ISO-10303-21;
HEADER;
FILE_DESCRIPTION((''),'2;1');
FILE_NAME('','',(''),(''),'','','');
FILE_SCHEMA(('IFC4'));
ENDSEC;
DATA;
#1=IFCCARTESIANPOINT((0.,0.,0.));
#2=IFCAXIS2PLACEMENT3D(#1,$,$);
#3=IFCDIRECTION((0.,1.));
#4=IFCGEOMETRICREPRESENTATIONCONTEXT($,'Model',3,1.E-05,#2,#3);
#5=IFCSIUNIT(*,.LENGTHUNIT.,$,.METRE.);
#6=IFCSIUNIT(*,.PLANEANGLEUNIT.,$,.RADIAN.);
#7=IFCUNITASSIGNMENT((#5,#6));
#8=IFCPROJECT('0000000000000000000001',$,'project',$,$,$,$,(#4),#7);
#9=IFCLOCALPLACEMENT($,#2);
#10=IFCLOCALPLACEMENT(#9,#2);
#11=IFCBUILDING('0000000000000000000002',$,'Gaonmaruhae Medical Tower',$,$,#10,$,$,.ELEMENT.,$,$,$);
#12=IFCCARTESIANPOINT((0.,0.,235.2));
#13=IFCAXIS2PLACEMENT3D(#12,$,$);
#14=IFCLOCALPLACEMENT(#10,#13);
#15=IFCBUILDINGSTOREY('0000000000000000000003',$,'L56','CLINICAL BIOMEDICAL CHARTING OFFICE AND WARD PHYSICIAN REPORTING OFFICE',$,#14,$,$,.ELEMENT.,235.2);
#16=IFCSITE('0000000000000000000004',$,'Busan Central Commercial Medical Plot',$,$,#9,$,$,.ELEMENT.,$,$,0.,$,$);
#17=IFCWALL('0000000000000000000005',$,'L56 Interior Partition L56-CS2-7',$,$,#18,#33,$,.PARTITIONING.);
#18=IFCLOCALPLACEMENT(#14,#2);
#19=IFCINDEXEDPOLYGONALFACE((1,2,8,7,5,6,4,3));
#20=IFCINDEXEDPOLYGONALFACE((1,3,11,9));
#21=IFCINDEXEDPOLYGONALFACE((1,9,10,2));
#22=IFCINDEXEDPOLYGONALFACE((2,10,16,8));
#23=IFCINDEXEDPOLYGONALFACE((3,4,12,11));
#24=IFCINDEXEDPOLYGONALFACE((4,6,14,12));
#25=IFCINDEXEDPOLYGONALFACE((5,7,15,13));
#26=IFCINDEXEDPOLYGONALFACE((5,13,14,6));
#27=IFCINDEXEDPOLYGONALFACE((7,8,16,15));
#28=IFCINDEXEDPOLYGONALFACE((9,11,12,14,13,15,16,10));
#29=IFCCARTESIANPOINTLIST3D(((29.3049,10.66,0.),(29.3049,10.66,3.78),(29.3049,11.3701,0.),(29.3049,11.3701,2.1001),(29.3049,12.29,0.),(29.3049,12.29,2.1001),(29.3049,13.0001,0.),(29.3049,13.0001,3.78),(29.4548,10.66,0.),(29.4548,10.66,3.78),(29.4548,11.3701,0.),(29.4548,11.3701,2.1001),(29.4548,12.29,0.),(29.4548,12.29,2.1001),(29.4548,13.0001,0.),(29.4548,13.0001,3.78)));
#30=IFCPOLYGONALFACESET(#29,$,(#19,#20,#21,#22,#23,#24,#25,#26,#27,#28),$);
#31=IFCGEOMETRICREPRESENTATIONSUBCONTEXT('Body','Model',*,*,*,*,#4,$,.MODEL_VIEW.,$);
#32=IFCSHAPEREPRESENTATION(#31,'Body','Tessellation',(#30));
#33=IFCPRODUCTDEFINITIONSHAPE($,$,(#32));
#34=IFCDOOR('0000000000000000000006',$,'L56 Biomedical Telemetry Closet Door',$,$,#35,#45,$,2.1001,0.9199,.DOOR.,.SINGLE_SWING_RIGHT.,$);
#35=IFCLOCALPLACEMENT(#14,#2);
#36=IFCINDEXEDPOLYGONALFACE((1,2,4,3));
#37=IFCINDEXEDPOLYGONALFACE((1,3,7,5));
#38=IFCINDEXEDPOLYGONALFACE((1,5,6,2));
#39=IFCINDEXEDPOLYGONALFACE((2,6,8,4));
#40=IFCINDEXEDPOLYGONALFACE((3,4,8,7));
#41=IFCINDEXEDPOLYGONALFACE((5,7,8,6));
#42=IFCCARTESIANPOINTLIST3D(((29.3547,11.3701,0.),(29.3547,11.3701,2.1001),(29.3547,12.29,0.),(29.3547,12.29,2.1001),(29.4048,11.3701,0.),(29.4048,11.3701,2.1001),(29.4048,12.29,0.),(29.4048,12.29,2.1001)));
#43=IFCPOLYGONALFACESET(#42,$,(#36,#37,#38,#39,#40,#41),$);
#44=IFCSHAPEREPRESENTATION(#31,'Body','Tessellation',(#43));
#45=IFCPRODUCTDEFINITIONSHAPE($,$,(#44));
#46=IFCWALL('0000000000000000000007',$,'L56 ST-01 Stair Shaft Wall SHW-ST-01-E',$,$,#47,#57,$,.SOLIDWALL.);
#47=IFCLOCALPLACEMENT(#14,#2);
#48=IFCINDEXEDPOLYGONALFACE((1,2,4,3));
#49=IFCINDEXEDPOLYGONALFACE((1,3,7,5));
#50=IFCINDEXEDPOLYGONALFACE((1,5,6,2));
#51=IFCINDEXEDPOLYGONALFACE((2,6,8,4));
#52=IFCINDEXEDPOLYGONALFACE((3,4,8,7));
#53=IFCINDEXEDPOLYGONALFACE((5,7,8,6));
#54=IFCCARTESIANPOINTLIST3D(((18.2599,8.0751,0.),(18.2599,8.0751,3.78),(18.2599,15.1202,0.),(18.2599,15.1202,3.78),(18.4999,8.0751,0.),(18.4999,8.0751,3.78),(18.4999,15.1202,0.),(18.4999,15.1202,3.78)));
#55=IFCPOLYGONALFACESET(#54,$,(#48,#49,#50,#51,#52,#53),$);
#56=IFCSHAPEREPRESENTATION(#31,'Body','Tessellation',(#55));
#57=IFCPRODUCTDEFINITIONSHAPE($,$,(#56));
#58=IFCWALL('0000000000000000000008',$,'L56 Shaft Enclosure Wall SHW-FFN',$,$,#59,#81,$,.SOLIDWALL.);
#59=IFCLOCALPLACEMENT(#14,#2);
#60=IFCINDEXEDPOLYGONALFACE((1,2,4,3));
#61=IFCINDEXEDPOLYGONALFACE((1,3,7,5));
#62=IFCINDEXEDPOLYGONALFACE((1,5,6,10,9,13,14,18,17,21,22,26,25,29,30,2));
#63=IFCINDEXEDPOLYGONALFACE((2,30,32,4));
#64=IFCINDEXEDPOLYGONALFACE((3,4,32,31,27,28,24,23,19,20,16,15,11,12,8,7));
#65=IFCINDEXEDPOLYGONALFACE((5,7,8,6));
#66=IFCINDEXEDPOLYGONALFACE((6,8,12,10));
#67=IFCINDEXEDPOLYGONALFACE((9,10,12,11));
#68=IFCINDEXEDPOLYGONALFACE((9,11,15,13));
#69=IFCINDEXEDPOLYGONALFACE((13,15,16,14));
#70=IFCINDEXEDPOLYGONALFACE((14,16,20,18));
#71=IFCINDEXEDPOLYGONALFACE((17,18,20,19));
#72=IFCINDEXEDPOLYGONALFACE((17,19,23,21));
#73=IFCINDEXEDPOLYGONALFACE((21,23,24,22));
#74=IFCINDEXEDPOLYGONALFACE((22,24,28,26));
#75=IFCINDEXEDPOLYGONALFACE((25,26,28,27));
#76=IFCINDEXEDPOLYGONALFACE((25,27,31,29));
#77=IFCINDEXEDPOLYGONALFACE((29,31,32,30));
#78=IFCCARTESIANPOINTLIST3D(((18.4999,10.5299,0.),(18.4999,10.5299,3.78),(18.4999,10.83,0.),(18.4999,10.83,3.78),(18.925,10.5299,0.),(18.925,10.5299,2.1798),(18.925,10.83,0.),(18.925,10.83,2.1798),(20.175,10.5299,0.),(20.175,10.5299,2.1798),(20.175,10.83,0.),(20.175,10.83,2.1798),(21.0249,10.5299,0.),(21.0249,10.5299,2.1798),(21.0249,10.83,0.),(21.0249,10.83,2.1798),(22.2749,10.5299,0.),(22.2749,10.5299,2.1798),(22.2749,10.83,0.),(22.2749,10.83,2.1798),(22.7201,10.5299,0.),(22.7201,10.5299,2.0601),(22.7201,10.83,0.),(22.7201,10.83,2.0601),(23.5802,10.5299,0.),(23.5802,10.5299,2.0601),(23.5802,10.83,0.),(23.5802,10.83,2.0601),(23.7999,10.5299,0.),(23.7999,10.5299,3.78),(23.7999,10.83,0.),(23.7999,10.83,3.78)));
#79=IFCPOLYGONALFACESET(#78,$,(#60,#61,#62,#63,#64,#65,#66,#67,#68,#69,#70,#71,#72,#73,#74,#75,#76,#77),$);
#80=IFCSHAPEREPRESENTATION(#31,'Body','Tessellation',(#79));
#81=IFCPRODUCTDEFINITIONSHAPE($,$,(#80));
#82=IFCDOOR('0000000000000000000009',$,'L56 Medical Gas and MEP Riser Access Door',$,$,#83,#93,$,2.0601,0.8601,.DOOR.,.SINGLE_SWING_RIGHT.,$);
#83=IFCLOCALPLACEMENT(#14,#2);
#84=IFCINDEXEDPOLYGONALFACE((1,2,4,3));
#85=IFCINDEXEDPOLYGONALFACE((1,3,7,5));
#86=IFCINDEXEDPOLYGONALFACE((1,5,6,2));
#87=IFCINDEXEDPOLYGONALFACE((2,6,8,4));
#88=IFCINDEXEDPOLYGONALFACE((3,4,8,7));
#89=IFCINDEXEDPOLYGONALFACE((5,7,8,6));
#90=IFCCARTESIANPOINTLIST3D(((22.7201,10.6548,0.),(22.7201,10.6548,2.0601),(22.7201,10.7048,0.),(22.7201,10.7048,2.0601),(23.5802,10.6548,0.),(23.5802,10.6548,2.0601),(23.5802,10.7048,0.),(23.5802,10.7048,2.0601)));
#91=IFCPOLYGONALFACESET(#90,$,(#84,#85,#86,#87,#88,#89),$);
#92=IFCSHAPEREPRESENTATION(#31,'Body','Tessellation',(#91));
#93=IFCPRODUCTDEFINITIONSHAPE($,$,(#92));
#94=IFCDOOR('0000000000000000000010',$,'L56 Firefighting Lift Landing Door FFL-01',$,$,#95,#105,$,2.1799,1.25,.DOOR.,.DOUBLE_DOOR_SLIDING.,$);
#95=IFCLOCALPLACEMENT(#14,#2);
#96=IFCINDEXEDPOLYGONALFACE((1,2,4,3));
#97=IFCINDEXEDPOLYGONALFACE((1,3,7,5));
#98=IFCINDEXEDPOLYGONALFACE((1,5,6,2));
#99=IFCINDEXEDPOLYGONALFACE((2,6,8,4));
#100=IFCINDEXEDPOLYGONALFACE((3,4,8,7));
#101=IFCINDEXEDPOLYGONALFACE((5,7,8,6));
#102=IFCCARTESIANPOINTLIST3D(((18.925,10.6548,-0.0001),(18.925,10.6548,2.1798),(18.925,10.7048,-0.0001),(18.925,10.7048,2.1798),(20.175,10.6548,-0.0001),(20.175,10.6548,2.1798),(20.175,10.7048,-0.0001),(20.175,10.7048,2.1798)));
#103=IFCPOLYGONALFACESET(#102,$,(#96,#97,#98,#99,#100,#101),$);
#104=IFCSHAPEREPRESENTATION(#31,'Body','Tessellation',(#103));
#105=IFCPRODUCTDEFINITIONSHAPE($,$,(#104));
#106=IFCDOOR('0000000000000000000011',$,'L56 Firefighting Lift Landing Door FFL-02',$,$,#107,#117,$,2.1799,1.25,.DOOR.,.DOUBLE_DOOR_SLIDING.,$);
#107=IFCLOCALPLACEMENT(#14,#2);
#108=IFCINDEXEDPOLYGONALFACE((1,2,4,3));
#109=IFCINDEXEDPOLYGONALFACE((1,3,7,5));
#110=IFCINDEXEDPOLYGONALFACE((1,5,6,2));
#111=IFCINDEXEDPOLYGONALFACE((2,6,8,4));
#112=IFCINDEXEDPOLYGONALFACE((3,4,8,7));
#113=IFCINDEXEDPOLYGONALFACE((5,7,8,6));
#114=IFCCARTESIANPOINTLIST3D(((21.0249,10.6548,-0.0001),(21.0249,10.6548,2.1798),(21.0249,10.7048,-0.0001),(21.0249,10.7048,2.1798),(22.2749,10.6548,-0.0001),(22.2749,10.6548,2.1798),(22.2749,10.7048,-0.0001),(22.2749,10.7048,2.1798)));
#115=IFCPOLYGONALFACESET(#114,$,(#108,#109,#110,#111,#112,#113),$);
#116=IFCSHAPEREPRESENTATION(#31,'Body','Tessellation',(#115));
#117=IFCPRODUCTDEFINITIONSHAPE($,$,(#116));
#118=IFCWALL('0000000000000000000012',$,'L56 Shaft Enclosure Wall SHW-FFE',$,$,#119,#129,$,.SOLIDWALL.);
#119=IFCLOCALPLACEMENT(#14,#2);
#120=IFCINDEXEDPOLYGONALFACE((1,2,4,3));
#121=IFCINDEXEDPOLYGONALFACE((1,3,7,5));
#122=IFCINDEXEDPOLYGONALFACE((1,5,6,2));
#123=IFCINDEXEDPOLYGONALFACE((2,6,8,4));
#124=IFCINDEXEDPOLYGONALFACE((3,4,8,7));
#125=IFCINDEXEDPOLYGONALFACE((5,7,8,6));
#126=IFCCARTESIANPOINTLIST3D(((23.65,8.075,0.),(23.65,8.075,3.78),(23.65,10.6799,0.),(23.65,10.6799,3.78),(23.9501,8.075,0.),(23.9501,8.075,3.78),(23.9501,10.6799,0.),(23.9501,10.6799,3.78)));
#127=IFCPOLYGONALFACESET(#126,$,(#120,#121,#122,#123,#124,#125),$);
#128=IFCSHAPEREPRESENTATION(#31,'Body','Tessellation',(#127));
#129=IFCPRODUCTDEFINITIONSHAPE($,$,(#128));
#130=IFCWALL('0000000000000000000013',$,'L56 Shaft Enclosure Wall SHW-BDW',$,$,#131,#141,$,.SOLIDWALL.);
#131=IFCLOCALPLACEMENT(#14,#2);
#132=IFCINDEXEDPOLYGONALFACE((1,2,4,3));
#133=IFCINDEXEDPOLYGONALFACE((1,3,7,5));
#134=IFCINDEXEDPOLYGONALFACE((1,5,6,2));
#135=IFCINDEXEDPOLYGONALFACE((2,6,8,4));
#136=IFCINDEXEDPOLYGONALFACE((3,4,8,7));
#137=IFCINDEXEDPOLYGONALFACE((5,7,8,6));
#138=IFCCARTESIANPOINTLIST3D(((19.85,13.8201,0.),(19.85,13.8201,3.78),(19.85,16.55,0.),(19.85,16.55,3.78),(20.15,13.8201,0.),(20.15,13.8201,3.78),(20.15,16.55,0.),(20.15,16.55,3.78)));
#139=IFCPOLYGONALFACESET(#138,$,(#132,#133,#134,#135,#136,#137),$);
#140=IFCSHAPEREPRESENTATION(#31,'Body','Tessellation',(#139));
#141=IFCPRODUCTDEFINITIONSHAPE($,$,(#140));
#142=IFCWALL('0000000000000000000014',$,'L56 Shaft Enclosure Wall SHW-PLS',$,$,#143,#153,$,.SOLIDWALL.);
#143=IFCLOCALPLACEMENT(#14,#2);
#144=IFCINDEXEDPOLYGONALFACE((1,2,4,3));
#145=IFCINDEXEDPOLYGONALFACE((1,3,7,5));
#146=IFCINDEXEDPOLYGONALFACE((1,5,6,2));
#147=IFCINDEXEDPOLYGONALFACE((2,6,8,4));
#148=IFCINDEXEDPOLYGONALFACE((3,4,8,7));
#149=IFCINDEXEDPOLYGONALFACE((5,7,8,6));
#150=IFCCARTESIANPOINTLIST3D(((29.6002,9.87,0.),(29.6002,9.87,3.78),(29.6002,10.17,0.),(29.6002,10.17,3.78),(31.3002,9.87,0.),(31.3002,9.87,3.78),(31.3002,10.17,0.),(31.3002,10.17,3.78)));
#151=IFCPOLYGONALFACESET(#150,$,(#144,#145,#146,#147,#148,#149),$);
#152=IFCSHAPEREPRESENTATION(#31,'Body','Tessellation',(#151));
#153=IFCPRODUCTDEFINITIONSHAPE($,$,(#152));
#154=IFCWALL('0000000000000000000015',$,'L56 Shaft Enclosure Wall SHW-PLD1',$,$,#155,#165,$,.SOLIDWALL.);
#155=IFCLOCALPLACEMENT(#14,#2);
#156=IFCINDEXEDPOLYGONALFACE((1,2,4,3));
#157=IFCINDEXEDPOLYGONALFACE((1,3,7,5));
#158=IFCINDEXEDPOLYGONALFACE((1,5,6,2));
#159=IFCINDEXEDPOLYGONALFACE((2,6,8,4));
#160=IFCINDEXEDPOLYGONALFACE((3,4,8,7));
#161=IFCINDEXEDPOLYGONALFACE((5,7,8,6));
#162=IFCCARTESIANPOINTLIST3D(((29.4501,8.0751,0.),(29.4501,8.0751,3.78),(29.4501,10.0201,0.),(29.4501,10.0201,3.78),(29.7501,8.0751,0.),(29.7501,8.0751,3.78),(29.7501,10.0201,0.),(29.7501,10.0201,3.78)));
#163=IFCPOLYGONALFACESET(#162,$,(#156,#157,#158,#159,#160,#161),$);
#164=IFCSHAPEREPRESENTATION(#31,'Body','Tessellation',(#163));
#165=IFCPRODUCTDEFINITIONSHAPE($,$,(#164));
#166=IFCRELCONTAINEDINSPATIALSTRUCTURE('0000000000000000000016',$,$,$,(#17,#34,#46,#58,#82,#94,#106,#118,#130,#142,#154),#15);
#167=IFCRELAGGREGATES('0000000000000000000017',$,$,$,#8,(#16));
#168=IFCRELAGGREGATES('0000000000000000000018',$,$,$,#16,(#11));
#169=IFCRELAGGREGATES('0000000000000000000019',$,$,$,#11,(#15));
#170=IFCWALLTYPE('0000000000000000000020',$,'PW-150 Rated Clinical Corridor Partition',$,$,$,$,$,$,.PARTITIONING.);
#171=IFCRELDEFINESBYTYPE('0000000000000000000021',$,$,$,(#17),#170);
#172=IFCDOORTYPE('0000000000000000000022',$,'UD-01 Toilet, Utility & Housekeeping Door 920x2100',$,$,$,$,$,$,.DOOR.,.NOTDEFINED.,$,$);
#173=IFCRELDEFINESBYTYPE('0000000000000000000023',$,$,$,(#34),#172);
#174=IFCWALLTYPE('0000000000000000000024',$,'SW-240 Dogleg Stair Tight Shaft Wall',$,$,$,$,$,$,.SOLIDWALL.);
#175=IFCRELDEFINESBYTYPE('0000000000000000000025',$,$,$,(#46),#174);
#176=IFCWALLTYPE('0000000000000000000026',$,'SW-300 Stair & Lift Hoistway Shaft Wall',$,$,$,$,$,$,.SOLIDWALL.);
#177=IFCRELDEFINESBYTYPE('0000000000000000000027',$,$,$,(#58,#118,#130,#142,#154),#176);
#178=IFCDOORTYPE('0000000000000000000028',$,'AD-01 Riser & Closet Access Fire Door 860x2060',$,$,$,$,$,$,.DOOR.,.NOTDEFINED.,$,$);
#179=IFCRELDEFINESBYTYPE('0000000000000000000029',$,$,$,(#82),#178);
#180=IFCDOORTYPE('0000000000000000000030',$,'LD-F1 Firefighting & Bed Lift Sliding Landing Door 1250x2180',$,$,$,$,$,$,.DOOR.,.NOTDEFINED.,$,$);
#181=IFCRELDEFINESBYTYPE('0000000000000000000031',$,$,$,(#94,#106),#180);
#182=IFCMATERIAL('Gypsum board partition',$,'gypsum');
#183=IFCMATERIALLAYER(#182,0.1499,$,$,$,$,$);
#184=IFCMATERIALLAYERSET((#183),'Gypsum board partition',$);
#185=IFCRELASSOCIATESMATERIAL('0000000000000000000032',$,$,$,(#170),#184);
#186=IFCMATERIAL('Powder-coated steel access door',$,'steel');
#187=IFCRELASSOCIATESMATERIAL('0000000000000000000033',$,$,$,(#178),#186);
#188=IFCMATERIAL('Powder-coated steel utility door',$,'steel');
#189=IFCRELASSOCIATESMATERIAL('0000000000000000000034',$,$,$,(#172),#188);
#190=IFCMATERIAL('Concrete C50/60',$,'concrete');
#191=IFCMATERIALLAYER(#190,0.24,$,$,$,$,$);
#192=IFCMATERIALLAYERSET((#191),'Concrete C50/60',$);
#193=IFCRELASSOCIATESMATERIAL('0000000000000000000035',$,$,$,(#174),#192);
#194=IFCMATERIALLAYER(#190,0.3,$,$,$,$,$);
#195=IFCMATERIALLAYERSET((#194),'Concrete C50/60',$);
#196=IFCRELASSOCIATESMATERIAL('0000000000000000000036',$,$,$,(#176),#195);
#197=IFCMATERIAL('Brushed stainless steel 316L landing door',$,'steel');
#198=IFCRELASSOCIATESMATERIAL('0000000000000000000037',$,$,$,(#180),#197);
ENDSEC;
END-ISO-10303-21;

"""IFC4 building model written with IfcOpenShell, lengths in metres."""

from ifc_helpers import new_model, si_unit, direction, frame, frame_2d, origin, place, context, subcontext, project, spatial, rectangle, extrude, material, layer, layer_set, type_object, element, fill, save


model = new_model("IFC4")

# Units and contexts
model_context = context("Model", 3, precision=1e-05, world=origin(), true_north=direction((0.0, 1.0)))
body_context = subcontext(model_context, "Body", "Model", "MODEL_VIEW")
ifc_project = project(units=[si_unit("LENGTHUNIT", "METRE"), si_unit("PLANEANGLEUNIT", "RADIAN")], contexts=[model_context])

# Site, building, storey
site_placement = place(None, origin())
site = spatial("IfcSite", under=ifc_project, at=site_placement, Name="Busan Central Commercial Medical Plot", CompositionType="ELEMENT", RefElevation=0.0)
building_placement = place(site_placement, origin())
building = spatial("IfcBuilding", under=site, at=building_placement, Name="Gaonmaruhae Medical Tower", CompositionType="ELEMENT")
storey_placement = place(building_placement, frame((0.0, 0.0, 235.2)))
storey = spatial("IfcBuildingStorey", under=building, at=storey_placement, Name="L56", Description="CLINICAL BIOMEDICAL CHARTING OFFICE AND WARD PHYSICIAN REPORTING OFFICE", CompositionType="ELEMENT", Elevation=235.2)

# Shared definitions
ifc_material_1 = material(Name="Concrete C50/60", Category="concrete")

# Shared definitions
ifc_material_2 = material(Name="Gypsum board partition", Category="gypsum")
ifc_layer_1 = layer(ifc_material_2, 0.1499)
ifc_layer_set_1 = layer_set([ifc_layer_1], Name="Gypsum board partition")
wall_type_1 = type_object("IfcWallType", Name="PW-150 Rated Clinical Corridor Partition", PredefinedType="PARTITIONING", material=ifc_layer_set_1)
ifc_material_3 = material(Name="Powder-coated steel access door", Category="steel")
door_type_1 = type_object("IfcDoorType", Name="AD-01 Riser & Closet Access Fire Door 860x2060", OperationType="NOTDEFINED", PredefinedType="DOOR", material=ifc_material_3)

# Shared definitions
ifc_material_4 = material(Name="Powder-coated steel utility door", Category="steel")
door_type_2 = type_object("IfcDoorType", Name="UD-01 Toilet, Utility & Housekeeping Door 920x2100", OperationType="NOTDEFINED", PredefinedType="DOOR", material=ifc_material_4)

# Wall, opening, door
wall_1_placement = place(storey_placement, frame((29.3799, 13.0, 0.0), z_axis=(0.0, 0.0, 1.0), x_axis=(0.0, -1.0, 0.0)))
wall_1 = element("IfcWall", 1, at=wall_1_placement, inside=storey, type_object=wall_type_1, Name="L56 Interior Partition L56-CS2-7", PredefinedType="PARTITIONING", context=body_context, shape_type="SweptSolid", body=[
    extrude(rectangle(XDim=2.3401, YDim=0.1499, at=frame_2d((1.1699, 0.0))), origin(), (0.0, 0.0, 1.0), 3.78),
])
opening_1_placement = place(wall_1_placement, frame((0.71, 0.0, 0.0)))
opening_1 = element("IfcOpeningElement", 2, at=opening_1_placement, cuts=wall_1, PredefinedType="OPENING", context=body_context, shape_type="SweptSolid", body=[
    extrude(rectangle(XDim=0.9199, YDim=2.1001, at=frame_2d((0.46, 1.05))), frame((0.0, 0.085, 0.0), z_axis=(0.0, -1.0, 0.0), x_axis=(1.0, 0.0, 0.0)), (0.0, 0.0, 1.0), 0.1699),
])
door_1_placement = place(opening_1_placement, origin())
door_1 = element("IfcDoor", 3, at=door_1_placement, inside=storey, type_object=door_type_2, Name="L56 Biomedical Telemetry Closet Door", OperationType="SINGLE_SWING_RIGHT", OverallHeight=2.1001, OverallWidth=0.9199, PredefinedType="DOOR", context=body_context, shape_type="SweptSolid", body=[
    extrude(rectangle(XDim=0.9199, YDim=2.1001, at=frame_2d((0.46, 1.05))), frame((0.0, 0.0249, 0.0), z_axis=(0.0, -1.0, 0.0), x_axis=(1.0, 0.0, 0.0)), (0.0, 0.0, 1.0), 0.05),
])
fill(opening_1, door_1)

# Wall
ifc_layer_2 = layer(ifc_material_1, 0.24)
ifc_layer_set_2 = layer_set([ifc_layer_2], Name="Concrete C50/60")
wall_type_2 = type_object("IfcWallType", Name="SW-240 Dogleg Stair Tight Shaft Wall", PredefinedType="SOLIDWALL", material=ifc_layer_set_2)
wall_2_placement = place(storey_placement, frame((18.3799, 15.1201, 0.0), z_axis=(0.0, 0.0, 1.0), x_axis=(0.0, -1.0, 0.0)))
element("IfcWall", 4, at=wall_2_placement, inside=storey, type_object=wall_type_2, Name="L56 ST-01 Stair Shaft Wall SHW-ST-01-E", PredefinedType="SOLIDWALL", context=body_context, shape_type="SweptSolid", body=[
    extrude(rectangle(XDim=7.0452, YDim=0.24, at=frame_2d((3.5225, 0.0))), origin(), (0.0, 0.0, 1.0), 3.78),
])

# Wall, openings, doors
ifc_layer_3 = layer(ifc_material_1, 0.3)
ifc_layer_set_3 = layer_set([ifc_layer_3], Name="Concrete C50/60")
wall_type_3 = type_object("IfcWallType", Name="SW-300 Stair & Lift Hoistway Shaft Wall", PredefinedType="SOLIDWALL", material=ifc_layer_set_3)
wall_3_placement = place(storey_placement, frame((18.5, 10.6799, 0.0), z_axis=(0.0, 0.0, 1.0), x_axis=(1.0, 0.0, 0.0)))
wall_3 = element("IfcWall", 5, at=wall_3_placement, inside=storey, type_object=wall_type_3, Name="L56 Shaft Enclosure Wall SHW-FFN", PredefinedType="SOLIDWALL", context=body_context, shape_type="SweptSolid", body=[
    extrude(rectangle(XDim=5.3, YDim=0.3, at=frame_2d((2.6499, 0.0))), origin(), (0.0, 0.0, 1.0), 3.78),
])
opening_2_placement = place(wall_3_placement, frame((4.22, 0.0, 0.0)))
opening_2 = element("IfcOpeningElement", 6, at=opening_2_placement, cuts=wall_3, PredefinedType="OPENING", context=body_context, shape_type="SweptSolid", body=[
    extrude(rectangle(XDim=0.8601, YDim=2.0601, at=frame_2d((0.4302, 1.03))), frame((0.0, 0.1602, 0.0), z_axis=(0.0, -1.0, 0.0), x_axis=(1.0, 0.0, 0.0)), (0.0, 0.0, 1.0), 0.3201),
])
opening_3_placement = place(wall_3_placement, frame((0.425, 0.0, 0.0)))
opening_3 = element("IfcOpeningElement", 7, at=opening_3_placement, cuts=wall_3, PredefinedType="OPENING", context=body_context, shape_type="SweptSolid", body=[
    extrude(rectangle(XDim=1.25, YDim=2.1799, at=frame_2d((0.625, 1.0898))), frame((0.0, 0.1602, 0.0), z_axis=(0.0, -1.0, 0.0), x_axis=(1.0, 0.0, 0.0)), (0.0, 0.0, 1.0), 0.3201),
])
opening_4_placement = place(wall_3_placement, frame((2.5249, 0.0, 0.0)))
opening_4 = element("IfcOpeningElement", 8, at=opening_4_placement, cuts=wall_3, PredefinedType="OPENING", context=body_context, shape_type="SweptSolid", body=[
    extrude(rectangle(XDim=1.25, YDim=2.1799, at=frame_2d((0.625, 1.0898))), frame((0.0, 0.1602, 0.0), z_axis=(0.0, -1.0, 0.0), x_axis=(1.0, 0.0, 0.0)), (0.0, 0.0, 1.0), 0.3201),
])
door_2_placement = place(opening_2_placement, origin())
door_2 = element("IfcDoor", 9, at=door_2_placement, inside=storey, type_object=door_type_1, Name="L56 Medical Gas and MEP Riser Access Door", OperationType="SINGLE_SWING_RIGHT", OverallHeight=2.0601, OverallWidth=0.8601, PredefinedType="DOOR", context=body_context, shape_type="SweptSolid", body=[
    extrude(rectangle(XDim=0.8601, YDim=2.0601, at=frame_2d((0.4302, 1.03))), frame((0.0, 0.0249, 0.0), z_axis=(0.0, -1.0, 0.0), x_axis=(1.0, 0.0, 0.0)), (0.0, 0.0, 1.0), 0.05),
])
fill(opening_2, door_2)
ifc_material_5 = material(Name="Brushed stainless steel 316L landing door", Category="steel")
door_type_3 = type_object("IfcDoorType", Name="LD-F1 Firefighting & Bed Lift Sliding Landing Door 1250x2180", OperationType="NOTDEFINED", PredefinedType="DOOR", material=ifc_material_5)
door_3_placement = place(opening_3_placement, origin())
door_3 = element("IfcDoor", 10, at=door_3_placement, inside=storey, type_object=door_type_3, Name="L56 Firefighting Lift Landing Door FFL-01", OperationType="DOUBLE_DOOR_SLIDING", OverallHeight=2.1799, OverallWidth=1.25, PredefinedType="DOOR", context=body_context, shape_type="SweptSolid", body=[
    extrude(rectangle(XDim=1.25, YDim=2.1799, at=frame_2d((0.625, 1.0898))), frame((0.0, 0.0249, 0.0), z_axis=(0.0, -1.0, 0.0), x_axis=(1.0, 0.0, 0.0)), (0.0, 0.0, 1.0), 0.05),
])
fill(opening_3, door_3)
door_4_placement = place(opening_4_placement, origin())
door_4 = element("IfcDoor", 11, at=door_4_placement, inside=storey, type_object=door_type_3, Name="L56 Firefighting Lift Landing Door FFL-02", OperationType="DOUBLE_DOOR_SLIDING", OverallHeight=2.1799, OverallWidth=1.25, PredefinedType="DOOR", context=body_context, shape_type="SweptSolid", body=[
    extrude(rectangle(XDim=1.25, YDim=2.1799, at=frame_2d((0.625, 1.0898))), frame((0.0, 0.0249, 0.0), z_axis=(0.0, -1.0, 0.0), x_axis=(1.0, 0.0, 0.0)), (0.0, 0.0, 1.0), 0.05),
])
fill(opening_4, door_4)

# Walls
wall_4_placement = place(storey_placement, frame((23.8, 8.075, 0.0), z_axis=(0.0, 0.0, 1.0), x_axis=(0.0, 1.0, 0.0)))
element("IfcWall", 12, at=wall_4_placement, inside=storey, type_object=wall_type_3, Name="L56 Shaft Enclosure Wall SHW-FFE", PredefinedType="SOLIDWALL", context=body_context, shape_type="SweptSolid", body=[
    extrude(rectangle(XDim=2.605, YDim=0.3, at=frame_2d((1.3025, 0.0))), origin(), (0.0, 0.0, 1.0), 3.78),
])
wall_5_placement = place(storey_placement, frame((20.0, 13.8201, 0.0), z_axis=(0.0, 0.0, 1.0), x_axis=(0.0, 1.0, 0.0)))
element("IfcWall", 13, at=wall_5_placement, inside=storey, type_object=wall_type_3, Name="L56 Shaft Enclosure Wall SHW-BDW", PredefinedType="SOLIDWALL", context=body_context, shape_type="SweptSolid", body=[
    extrude(rectangle(XDim=2.73, YDim=0.3, at=frame_2d((1.365, 0.0))), origin(), (0.0, 0.0, 1.0), 3.78),
])
wall_6_placement = place(storey_placement, frame((29.6001, 10.02, 0.0), z_axis=(0.0, 0.0, 1.0), x_axis=(1.0, 0.0, 0.0)))
element("IfcWall", 14, at=wall_6_placement, inside=storey, type_object=wall_type_3, Name="L56 Shaft Enclosure Wall SHW-PLS", PredefinedType="SOLIDWALL", context=body_context, shape_type="SweptSolid", body=[
    extrude(rectangle(XDim=1.7, YDim=0.3, at=frame_2d((0.8501, 0.0))), origin(), (0.0, 0.0, 1.0), 3.78),
])
wall_7_placement = place(storey_placement, frame((29.6001, 8.075, 0.0), z_axis=(0.0, 0.0, 1.0), x_axis=(0.0, 1.0, 0.0)))
element("IfcWall", 15, at=wall_7_placement, inside=storey, type_object=wall_type_3, Name="L56 Shaft Enclosure Wall SHW-PLD1", PredefinedType="SOLIDWALL", context=body_context, shape_type="SweptSolid", body=[
    extrude(rectangle(XDim=1.9451, YDim=0.3, at=frame_2d((0.9727, 0.0))), origin(), (0.0, 0.0, 1.0), 3.78),
])

save(model, "model.ifc")
